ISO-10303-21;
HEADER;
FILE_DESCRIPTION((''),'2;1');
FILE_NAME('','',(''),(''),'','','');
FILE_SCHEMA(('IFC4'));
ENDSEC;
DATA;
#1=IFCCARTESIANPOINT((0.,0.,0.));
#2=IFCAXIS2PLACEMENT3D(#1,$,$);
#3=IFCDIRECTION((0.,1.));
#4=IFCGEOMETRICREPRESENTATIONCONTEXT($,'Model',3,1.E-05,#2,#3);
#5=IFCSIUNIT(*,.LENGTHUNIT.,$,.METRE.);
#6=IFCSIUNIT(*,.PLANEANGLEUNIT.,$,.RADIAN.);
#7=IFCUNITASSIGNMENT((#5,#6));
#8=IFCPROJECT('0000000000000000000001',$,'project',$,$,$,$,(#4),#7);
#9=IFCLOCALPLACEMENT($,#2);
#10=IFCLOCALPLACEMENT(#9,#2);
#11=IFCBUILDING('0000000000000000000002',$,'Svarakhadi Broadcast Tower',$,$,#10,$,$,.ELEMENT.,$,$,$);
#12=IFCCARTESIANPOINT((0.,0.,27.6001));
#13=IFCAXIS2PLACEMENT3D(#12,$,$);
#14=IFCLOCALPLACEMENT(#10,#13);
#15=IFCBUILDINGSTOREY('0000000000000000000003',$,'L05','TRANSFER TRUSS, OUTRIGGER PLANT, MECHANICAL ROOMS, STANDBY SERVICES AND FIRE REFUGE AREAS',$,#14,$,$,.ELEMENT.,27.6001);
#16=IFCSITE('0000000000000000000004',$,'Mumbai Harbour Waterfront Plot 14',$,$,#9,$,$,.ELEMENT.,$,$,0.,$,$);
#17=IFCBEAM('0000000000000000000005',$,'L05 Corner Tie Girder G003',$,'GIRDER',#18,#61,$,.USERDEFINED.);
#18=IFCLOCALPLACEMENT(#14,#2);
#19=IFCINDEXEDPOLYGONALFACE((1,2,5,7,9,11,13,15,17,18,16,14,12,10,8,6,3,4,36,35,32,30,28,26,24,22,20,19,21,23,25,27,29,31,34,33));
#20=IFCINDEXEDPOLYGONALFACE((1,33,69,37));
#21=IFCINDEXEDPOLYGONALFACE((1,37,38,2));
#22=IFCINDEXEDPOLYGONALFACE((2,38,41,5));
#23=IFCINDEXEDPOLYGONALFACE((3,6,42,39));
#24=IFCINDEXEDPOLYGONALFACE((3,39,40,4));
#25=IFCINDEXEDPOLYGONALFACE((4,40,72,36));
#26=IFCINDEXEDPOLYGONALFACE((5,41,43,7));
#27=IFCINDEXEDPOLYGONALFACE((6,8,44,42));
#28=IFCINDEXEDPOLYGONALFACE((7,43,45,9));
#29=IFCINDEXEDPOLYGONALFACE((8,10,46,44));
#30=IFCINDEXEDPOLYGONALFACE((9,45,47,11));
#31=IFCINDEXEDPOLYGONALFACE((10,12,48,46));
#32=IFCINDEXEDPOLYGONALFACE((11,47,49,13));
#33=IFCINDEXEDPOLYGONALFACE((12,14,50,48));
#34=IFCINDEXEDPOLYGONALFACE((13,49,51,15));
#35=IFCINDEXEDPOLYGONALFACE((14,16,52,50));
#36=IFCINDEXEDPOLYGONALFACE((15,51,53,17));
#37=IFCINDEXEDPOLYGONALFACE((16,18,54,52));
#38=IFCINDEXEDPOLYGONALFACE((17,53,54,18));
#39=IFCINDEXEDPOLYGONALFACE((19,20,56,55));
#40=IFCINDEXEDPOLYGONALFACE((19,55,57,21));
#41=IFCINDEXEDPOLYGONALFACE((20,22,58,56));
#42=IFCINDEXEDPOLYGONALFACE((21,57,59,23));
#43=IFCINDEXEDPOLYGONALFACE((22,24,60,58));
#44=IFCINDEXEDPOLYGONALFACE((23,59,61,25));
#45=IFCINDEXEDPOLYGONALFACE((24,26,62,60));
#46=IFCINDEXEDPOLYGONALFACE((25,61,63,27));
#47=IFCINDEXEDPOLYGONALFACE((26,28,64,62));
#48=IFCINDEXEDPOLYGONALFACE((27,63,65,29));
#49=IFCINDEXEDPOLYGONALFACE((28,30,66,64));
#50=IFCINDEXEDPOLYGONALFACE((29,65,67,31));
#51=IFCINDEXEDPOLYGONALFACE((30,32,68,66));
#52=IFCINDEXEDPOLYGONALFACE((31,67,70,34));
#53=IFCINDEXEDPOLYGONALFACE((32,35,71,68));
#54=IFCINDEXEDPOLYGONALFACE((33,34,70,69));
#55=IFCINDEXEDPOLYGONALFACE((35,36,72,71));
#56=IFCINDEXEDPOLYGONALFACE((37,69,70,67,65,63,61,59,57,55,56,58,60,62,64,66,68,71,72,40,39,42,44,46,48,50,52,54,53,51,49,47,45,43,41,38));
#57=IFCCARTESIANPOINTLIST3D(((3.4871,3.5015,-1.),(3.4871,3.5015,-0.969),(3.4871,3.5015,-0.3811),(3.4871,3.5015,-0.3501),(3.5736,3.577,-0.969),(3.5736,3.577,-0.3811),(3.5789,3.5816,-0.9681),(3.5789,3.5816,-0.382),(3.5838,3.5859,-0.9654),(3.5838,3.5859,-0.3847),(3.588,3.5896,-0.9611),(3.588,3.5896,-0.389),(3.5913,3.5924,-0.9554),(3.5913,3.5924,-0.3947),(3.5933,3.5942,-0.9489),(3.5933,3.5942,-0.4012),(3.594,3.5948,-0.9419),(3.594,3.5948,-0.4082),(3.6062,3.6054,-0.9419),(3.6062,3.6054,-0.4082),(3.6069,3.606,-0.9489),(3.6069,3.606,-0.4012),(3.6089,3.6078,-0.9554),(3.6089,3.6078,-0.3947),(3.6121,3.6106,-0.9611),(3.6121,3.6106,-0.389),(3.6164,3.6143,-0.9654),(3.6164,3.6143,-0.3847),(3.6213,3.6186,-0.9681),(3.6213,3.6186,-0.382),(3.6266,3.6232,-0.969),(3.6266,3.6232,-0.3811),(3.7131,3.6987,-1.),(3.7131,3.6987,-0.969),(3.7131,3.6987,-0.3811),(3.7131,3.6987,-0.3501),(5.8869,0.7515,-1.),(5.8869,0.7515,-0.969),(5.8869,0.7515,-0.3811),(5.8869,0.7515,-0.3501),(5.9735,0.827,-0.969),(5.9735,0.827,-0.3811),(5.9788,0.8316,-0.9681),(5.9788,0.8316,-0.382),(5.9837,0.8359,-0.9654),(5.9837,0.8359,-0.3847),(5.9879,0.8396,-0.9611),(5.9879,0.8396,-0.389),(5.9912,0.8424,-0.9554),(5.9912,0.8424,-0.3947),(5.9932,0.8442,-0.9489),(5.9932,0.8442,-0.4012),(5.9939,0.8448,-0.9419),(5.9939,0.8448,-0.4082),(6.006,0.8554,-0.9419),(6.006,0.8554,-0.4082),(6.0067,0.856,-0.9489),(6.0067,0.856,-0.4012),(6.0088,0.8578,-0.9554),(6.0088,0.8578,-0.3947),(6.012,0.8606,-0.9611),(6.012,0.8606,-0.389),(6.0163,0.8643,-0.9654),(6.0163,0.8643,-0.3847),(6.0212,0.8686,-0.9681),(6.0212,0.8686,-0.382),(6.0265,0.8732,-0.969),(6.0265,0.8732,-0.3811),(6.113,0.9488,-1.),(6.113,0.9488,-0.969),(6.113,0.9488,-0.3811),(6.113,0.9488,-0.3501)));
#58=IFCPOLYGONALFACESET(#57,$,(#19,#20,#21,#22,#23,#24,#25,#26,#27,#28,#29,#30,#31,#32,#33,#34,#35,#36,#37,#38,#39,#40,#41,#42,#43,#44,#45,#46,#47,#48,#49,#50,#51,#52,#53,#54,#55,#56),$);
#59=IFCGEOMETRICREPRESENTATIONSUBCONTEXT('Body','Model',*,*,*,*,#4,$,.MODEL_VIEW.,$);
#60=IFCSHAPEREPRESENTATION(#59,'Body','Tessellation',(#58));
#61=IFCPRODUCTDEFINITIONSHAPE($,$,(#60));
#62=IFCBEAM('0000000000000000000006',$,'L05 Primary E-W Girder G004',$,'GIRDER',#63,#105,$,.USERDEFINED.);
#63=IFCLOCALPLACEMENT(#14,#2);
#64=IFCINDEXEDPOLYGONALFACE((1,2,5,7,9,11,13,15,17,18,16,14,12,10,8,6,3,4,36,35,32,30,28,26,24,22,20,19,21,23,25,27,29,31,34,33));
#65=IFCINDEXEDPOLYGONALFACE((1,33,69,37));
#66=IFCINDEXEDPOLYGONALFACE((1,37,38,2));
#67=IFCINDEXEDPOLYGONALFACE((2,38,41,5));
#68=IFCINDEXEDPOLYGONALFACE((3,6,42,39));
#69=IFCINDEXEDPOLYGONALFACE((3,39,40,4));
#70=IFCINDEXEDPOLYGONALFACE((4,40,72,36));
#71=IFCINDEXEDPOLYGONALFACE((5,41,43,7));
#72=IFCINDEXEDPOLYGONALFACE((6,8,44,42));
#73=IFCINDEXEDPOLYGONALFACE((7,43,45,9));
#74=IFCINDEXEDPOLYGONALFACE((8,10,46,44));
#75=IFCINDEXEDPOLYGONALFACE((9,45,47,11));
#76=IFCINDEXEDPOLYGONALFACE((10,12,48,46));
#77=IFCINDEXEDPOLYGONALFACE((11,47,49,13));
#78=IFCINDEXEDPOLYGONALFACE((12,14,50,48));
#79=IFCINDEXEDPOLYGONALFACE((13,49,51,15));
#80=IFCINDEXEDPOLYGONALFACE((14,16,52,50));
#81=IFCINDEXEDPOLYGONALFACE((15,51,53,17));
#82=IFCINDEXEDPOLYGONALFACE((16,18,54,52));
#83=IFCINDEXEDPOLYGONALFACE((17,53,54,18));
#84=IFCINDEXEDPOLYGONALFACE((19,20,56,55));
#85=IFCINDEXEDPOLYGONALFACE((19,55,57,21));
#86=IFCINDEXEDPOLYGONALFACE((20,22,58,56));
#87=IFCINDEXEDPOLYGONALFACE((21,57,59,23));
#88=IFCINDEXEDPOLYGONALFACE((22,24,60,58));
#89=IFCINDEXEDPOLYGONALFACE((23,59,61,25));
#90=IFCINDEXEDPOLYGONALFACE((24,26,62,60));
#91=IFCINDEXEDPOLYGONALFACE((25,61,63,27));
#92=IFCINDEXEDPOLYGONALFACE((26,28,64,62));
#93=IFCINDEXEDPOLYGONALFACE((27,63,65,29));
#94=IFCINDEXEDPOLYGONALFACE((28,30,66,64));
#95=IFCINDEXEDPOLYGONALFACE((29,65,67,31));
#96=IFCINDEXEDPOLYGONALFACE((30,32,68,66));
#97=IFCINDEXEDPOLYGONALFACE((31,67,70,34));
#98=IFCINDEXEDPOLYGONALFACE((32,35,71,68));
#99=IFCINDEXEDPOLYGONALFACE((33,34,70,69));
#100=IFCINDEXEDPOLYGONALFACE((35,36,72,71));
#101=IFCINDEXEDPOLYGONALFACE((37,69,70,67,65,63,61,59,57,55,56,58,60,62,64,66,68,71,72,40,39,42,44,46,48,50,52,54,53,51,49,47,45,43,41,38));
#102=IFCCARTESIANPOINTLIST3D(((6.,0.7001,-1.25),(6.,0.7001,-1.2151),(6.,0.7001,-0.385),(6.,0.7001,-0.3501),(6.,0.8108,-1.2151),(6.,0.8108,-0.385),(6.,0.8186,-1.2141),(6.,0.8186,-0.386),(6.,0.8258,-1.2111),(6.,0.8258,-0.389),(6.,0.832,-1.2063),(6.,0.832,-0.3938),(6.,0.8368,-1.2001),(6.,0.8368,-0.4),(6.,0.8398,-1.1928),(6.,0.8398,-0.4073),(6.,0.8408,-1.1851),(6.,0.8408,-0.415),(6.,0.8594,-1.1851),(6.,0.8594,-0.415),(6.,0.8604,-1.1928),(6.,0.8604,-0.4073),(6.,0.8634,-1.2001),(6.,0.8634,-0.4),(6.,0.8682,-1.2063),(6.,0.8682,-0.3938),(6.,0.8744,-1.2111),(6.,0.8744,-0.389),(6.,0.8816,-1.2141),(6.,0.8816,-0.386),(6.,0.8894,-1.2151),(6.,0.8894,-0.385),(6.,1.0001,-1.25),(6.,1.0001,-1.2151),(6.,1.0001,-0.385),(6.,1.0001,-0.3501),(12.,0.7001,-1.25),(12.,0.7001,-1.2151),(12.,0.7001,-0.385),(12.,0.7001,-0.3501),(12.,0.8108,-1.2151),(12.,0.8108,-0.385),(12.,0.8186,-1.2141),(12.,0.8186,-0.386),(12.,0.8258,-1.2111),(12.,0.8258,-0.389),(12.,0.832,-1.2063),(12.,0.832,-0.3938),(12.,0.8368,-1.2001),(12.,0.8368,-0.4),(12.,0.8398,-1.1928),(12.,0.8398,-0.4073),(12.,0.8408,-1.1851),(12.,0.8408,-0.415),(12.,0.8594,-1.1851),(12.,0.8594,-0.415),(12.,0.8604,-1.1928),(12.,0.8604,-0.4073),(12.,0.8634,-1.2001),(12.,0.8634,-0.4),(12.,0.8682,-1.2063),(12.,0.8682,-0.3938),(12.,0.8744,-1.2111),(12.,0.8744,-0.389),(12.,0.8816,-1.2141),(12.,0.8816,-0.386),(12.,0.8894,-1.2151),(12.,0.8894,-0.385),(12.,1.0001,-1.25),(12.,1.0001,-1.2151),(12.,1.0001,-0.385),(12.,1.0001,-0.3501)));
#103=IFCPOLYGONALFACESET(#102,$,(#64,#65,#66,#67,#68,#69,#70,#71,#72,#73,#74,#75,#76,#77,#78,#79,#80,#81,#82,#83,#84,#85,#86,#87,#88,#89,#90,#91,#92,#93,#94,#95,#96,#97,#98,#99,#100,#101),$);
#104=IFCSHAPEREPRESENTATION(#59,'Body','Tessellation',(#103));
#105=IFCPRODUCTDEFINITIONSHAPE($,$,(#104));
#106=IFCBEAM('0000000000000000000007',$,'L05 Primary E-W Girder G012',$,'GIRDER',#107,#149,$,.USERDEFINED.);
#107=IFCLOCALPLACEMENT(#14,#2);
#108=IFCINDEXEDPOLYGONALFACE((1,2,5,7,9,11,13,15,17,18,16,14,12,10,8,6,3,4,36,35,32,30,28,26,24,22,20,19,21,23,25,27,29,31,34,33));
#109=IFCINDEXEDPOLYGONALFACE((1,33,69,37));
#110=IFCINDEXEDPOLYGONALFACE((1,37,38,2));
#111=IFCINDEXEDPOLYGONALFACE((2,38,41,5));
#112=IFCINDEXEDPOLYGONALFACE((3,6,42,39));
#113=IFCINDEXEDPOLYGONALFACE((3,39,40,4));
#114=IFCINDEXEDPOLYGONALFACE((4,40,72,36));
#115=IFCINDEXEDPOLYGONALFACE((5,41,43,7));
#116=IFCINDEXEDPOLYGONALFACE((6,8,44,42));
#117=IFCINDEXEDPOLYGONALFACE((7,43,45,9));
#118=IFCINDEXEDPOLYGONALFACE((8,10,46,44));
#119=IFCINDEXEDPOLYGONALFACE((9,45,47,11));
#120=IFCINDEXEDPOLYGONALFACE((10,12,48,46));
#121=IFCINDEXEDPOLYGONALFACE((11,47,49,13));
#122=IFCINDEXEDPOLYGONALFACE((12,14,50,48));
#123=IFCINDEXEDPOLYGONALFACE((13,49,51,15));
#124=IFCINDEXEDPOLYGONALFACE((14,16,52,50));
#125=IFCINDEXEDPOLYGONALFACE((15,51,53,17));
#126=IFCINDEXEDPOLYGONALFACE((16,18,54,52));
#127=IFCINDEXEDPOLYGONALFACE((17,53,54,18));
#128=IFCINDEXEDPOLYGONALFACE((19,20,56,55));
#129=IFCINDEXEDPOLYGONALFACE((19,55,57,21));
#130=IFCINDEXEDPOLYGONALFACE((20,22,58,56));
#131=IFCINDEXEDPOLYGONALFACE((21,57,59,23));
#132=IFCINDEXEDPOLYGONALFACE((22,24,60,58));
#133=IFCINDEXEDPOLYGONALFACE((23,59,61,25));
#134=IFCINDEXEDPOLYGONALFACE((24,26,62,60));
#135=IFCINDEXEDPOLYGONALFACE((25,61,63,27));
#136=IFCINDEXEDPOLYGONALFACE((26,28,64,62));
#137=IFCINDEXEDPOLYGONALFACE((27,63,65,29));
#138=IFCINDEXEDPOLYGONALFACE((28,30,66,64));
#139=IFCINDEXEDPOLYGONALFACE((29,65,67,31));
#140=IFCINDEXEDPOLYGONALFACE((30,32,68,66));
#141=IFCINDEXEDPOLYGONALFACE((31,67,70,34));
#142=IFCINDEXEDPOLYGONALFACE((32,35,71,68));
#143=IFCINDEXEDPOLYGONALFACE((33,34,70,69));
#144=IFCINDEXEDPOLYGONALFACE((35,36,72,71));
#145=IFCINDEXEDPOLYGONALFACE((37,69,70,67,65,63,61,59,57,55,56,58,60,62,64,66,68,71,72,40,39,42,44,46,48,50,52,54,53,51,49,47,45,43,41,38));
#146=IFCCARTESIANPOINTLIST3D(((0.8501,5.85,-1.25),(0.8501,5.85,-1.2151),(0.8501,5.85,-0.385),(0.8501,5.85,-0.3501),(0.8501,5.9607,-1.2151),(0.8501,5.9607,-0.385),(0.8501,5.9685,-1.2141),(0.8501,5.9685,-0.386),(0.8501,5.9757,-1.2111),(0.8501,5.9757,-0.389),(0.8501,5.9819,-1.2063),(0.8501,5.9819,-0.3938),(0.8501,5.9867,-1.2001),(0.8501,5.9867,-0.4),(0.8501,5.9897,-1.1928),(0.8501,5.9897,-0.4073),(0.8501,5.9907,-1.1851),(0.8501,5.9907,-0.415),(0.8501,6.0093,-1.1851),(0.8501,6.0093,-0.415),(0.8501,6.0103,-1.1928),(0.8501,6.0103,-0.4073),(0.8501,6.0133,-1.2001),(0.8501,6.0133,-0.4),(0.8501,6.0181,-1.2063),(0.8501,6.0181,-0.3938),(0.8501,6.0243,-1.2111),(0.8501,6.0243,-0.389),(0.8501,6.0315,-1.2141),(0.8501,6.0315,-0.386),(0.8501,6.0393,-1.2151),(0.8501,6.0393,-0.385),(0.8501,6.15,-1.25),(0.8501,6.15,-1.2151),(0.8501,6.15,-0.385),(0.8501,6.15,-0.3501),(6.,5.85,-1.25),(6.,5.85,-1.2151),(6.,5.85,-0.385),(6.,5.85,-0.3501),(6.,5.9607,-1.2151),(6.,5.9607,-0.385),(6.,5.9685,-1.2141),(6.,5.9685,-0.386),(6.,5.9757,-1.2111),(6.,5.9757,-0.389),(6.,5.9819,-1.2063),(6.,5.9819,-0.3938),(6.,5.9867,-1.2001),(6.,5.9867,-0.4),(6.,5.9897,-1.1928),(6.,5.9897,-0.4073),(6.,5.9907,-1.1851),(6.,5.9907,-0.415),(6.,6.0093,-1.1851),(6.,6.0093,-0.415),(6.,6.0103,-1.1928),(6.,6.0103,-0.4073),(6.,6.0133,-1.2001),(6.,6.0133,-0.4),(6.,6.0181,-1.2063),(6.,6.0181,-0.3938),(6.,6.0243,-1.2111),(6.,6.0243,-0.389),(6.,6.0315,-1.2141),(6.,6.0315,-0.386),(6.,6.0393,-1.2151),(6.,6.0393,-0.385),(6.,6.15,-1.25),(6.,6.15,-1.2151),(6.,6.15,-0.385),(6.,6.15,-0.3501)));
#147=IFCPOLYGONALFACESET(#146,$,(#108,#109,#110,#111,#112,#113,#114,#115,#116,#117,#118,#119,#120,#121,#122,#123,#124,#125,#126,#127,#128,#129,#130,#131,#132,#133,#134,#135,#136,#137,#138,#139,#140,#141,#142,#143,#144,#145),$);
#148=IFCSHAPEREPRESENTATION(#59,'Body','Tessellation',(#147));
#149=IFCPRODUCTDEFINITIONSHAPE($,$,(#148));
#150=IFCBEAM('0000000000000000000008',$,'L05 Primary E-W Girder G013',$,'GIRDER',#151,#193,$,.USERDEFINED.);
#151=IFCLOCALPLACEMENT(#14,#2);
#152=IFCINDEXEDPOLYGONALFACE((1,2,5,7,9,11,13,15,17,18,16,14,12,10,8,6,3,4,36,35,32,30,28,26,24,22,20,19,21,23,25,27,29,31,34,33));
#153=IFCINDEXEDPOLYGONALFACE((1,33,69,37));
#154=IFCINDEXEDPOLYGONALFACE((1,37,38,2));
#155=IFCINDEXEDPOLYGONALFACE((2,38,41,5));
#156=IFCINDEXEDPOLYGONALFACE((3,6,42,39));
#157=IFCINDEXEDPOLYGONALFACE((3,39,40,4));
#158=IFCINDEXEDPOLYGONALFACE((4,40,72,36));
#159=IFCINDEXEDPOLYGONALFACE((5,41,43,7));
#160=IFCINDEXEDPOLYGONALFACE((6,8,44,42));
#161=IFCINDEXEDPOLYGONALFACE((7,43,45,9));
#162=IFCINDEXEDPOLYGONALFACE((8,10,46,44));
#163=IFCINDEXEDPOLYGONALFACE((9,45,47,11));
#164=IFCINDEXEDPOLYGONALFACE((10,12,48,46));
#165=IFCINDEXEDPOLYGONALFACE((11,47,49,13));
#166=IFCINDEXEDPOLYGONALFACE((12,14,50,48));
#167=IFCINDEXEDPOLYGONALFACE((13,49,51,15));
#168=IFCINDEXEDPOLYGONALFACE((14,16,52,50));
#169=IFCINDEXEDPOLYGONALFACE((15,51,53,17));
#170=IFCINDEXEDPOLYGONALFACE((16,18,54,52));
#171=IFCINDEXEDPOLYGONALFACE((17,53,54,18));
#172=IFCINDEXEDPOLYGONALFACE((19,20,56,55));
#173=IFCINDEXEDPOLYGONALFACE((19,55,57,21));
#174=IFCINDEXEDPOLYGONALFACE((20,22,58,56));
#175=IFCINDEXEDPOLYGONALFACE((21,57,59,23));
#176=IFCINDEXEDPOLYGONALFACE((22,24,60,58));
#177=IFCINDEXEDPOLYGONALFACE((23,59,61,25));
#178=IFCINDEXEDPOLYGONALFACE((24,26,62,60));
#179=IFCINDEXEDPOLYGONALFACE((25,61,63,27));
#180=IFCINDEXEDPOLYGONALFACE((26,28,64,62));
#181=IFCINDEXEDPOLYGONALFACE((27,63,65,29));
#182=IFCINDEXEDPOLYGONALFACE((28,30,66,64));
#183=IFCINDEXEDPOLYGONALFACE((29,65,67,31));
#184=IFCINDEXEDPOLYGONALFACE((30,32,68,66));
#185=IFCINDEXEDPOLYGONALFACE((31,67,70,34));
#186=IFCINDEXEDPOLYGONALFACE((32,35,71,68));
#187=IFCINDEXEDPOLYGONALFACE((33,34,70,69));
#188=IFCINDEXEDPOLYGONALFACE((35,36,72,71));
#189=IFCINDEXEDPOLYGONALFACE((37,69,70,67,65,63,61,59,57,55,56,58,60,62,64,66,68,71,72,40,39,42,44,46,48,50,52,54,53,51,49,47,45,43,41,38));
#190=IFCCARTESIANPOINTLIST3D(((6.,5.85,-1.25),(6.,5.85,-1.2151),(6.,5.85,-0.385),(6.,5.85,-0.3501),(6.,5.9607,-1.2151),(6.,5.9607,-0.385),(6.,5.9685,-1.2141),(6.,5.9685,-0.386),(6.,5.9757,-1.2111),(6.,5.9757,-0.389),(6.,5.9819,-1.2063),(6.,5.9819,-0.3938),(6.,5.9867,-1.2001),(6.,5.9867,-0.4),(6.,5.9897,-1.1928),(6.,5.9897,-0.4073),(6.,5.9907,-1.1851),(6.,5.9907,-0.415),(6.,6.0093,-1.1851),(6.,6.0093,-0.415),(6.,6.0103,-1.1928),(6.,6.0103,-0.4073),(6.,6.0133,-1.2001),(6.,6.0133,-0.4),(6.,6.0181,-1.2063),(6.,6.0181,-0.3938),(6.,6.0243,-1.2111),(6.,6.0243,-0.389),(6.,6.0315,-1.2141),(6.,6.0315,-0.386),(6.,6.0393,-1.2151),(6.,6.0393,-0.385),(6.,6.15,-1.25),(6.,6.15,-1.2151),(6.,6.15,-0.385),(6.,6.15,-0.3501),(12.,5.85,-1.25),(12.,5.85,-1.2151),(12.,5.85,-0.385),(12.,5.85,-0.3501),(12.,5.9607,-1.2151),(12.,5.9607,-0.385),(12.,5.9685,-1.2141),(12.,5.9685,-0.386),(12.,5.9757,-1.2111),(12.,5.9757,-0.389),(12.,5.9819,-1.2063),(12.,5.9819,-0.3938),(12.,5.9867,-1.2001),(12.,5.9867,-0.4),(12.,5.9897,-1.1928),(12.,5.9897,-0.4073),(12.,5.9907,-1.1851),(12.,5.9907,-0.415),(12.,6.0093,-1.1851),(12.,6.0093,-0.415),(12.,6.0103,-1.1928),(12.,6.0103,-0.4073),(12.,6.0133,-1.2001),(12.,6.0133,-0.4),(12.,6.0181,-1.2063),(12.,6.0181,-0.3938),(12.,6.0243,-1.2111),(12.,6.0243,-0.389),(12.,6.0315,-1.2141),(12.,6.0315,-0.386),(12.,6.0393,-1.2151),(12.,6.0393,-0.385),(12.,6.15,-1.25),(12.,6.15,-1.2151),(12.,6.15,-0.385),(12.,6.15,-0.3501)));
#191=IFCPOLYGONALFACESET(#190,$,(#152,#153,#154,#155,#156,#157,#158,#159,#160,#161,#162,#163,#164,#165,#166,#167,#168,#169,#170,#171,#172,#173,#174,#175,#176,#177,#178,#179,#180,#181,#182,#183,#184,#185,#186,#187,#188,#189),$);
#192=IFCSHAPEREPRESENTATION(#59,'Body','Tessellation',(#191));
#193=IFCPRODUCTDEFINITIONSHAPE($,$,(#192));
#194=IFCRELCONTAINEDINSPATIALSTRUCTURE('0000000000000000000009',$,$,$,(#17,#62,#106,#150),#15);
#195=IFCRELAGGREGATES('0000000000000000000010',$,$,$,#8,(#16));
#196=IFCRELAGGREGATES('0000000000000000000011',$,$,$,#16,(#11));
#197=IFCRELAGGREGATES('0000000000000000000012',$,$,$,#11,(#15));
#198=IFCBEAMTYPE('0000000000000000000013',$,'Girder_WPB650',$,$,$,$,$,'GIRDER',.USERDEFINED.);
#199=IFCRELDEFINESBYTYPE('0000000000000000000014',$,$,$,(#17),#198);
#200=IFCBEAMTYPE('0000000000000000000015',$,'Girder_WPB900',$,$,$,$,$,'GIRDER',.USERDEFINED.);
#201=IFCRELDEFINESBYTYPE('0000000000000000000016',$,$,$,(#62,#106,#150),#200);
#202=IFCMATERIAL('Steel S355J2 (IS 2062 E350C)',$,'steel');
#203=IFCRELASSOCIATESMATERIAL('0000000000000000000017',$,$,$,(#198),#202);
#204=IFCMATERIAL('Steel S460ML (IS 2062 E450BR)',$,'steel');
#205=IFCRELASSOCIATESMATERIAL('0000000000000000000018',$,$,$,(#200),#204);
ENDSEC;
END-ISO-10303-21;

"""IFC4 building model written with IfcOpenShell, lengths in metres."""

from ifc_helpers import new_model, si_unit, direction, frame, origin, origin_2d, place, context, subcontext, project, spatial, i_section, extrude, material, material_profile, profile_set, type_object, element, save


model = new_model("IFC4")

# Units and contexts
model_context = context("Model", 3, precision=1e-05, world=origin(), true_north=direction((0.0, 1.0)))
body_context = subcontext(model_context, "Body", "Model", "MODEL_VIEW")
ifc_project = project(units=[si_unit("LENGTHUNIT", "METRE"), si_unit("PLANEANGLEUNIT", "RADIAN")], contexts=[model_context])

# Site, building, storey
site_placement = place(None, origin())
site = spatial("IfcSite", under=ifc_project, at=site_placement, Name="Mumbai Harbour Waterfront Plot 14", CompositionType="ELEMENT", RefElevation=0.0)
building_placement = place(site_placement, origin())
building = spatial("IfcBuilding", under=site, at=building_placement, Name="Svarakhadi Broadcast Tower", CompositionType="ELEMENT")
storey_placement = place(building_placement, frame((0.0, 0.0, 27.6001)))
storey = spatial("IfcBuildingStorey", under=building, at=storey_placement, Name="L05", Description="TRANSFER TRUSS, OUTRIGGER PLANT, MECHANICAL ROOMS, STANDBY SERVICES AND FIRE REFUGE AREAS", CompositionType="ELEMENT", Elevation=27.6001)

# Shared definitions
ifc_material_1 = material(Name="Steel S460ML (IS 2062 E450BR)", Category="steel")

# Beams
ifc_material_2 = material(Name="Steel S355J2 (IS 2062 E350C)", Category="steel")
ifc_material_profile_1 = material_profile(ifc_material_2, i_section(OverallWidth=0.3, OverallDepth=0.6499, WebThickness=0.0161, FlangeThickness=0.031, FilletRadius=0.0271, at=origin_2d()), Name="WPB 650x300x225")
ifc_profile_set_1 = profile_set([ifc_material_profile_1], Name="Steel S355J2 (IS 2062 E350C)")
beam_type_1 = type_object("IfcBeamType", Name="Girder_WPB650", ElementType="GIRDER", PredefinedType="USERDEFINED", material=ifc_profile_set_1)
for number, where, z_axis, x_axis, name in (
    (1, (3.6001, 3.6001, -0.675), (0.657519, -0.753438, 0.0), (0.753438, 0.657519, 0.0), "L05 Corner Tie Girder G003"),
):
    element("IfcBeam", number, at=place(storey_placement, frame(where, z_axis=z_axis, x_axis=x_axis)), inside=storey, type_object=beam_type_1, Name=name, ObjectType="GIRDER", PredefinedType="USERDEFINED", context=body_context, shape_type="SweptSolid", body=[
        extrude(i_section(OverallWidth=0.3, OverallDepth=0.6499, WebThickness=0.0161, FlangeThickness=0.031, FilletRadius=0.0271, at=origin_2d()), origin(), (0.0, 0.0, 1.0), 3.6499),
    ])
ifc_material_profile_2 = material_profile(ifc_material_1, i_section(OverallWidth=0.3, OverallDepth=0.8999, WebThickness=0.0186, FlangeThickness=0.0349, FilletRadius=0.03, at=origin_2d()), Name="WPB 900x300x291")
ifc_profile_set_2 = profile_set([ifc_material_profile_2], Name="Steel S460ML (IS 2062 E450BR)")
beam_type_2 = type_object("IfcBeamType", Name="Girder_WPB900", ElementType="GIRDER", PredefinedType="USERDEFINED", material=ifc_profile_set_2)
beam_1_placement = place(storey_placement, frame((6.0, 0.8501, -0.8), z_axis=(1.0, 0.0, 0.0), x_axis=(0.0, 1.0, 0.0)))
element("IfcBeam", 2, at=beam_1_placement, inside=storey, type_object=beam_type_2, Name="L05 Primary E-W Girder G004", ObjectType="GIRDER", PredefinedType="USERDEFINED", context=body_context, shape_type="SweptSolid", body=[
    extrude(i_section(OverallWidth=0.3, OverallDepth=0.8999, WebThickness=0.0186, FlangeThickness=0.0349, FilletRadius=0.03, at=origin_2d()), origin(), (0.0, 0.0, 1.0), 6.0),
])
beam_2_placement = place(storey_placement, frame((0.8501, 6.0, -0.8), z_axis=(1.0, 0.0, 0.0), x_axis=(0.0, 1.0, 0.0)))
element("IfcBeam", 3, at=beam_2_placement, inside=storey, type_object=beam_type_2, Name="L05 Primary E-W Girder G012", ObjectType="GIRDER", PredefinedType="USERDEFINED", context=body_context, shape_type="SweptSolid", body=[
    extrude(i_section(OverallWidth=0.3, OverallDepth=0.8999, WebThickness=0.0186, FlangeThickness=0.0349, FilletRadius=0.03, at=origin_2d()), origin(), (0.0, 0.0, 1.0), 5.1499),
])
for number, where, z_axis, x_axis, name in (
    (4, (6.0, 6.0, -0.8), (1.0, 0.0, 0.0), (0.0, 1.0, 0.0), "L05 Primary E-W Girder G013"),
):
    element("IfcBeam", number, at=place(storey_placement, frame(where, z_axis=z_axis, x_axis=x_axis)), inside=storey, type_object=beam_type_2, Name=name, ObjectType="GIRDER", PredefinedType="USERDEFINED", context=body_context, shape_type="SweptSolid", body=[
        extrude(i_section(OverallWidth=0.3, OverallDepth=0.8999, WebThickness=0.0186, FlangeThickness=0.0349, FilletRadius=0.03, at=origin_2d()), origin(), (0.0, 0.0, 1.0), 6.0),
    ])

save(model, "model.ifc")
